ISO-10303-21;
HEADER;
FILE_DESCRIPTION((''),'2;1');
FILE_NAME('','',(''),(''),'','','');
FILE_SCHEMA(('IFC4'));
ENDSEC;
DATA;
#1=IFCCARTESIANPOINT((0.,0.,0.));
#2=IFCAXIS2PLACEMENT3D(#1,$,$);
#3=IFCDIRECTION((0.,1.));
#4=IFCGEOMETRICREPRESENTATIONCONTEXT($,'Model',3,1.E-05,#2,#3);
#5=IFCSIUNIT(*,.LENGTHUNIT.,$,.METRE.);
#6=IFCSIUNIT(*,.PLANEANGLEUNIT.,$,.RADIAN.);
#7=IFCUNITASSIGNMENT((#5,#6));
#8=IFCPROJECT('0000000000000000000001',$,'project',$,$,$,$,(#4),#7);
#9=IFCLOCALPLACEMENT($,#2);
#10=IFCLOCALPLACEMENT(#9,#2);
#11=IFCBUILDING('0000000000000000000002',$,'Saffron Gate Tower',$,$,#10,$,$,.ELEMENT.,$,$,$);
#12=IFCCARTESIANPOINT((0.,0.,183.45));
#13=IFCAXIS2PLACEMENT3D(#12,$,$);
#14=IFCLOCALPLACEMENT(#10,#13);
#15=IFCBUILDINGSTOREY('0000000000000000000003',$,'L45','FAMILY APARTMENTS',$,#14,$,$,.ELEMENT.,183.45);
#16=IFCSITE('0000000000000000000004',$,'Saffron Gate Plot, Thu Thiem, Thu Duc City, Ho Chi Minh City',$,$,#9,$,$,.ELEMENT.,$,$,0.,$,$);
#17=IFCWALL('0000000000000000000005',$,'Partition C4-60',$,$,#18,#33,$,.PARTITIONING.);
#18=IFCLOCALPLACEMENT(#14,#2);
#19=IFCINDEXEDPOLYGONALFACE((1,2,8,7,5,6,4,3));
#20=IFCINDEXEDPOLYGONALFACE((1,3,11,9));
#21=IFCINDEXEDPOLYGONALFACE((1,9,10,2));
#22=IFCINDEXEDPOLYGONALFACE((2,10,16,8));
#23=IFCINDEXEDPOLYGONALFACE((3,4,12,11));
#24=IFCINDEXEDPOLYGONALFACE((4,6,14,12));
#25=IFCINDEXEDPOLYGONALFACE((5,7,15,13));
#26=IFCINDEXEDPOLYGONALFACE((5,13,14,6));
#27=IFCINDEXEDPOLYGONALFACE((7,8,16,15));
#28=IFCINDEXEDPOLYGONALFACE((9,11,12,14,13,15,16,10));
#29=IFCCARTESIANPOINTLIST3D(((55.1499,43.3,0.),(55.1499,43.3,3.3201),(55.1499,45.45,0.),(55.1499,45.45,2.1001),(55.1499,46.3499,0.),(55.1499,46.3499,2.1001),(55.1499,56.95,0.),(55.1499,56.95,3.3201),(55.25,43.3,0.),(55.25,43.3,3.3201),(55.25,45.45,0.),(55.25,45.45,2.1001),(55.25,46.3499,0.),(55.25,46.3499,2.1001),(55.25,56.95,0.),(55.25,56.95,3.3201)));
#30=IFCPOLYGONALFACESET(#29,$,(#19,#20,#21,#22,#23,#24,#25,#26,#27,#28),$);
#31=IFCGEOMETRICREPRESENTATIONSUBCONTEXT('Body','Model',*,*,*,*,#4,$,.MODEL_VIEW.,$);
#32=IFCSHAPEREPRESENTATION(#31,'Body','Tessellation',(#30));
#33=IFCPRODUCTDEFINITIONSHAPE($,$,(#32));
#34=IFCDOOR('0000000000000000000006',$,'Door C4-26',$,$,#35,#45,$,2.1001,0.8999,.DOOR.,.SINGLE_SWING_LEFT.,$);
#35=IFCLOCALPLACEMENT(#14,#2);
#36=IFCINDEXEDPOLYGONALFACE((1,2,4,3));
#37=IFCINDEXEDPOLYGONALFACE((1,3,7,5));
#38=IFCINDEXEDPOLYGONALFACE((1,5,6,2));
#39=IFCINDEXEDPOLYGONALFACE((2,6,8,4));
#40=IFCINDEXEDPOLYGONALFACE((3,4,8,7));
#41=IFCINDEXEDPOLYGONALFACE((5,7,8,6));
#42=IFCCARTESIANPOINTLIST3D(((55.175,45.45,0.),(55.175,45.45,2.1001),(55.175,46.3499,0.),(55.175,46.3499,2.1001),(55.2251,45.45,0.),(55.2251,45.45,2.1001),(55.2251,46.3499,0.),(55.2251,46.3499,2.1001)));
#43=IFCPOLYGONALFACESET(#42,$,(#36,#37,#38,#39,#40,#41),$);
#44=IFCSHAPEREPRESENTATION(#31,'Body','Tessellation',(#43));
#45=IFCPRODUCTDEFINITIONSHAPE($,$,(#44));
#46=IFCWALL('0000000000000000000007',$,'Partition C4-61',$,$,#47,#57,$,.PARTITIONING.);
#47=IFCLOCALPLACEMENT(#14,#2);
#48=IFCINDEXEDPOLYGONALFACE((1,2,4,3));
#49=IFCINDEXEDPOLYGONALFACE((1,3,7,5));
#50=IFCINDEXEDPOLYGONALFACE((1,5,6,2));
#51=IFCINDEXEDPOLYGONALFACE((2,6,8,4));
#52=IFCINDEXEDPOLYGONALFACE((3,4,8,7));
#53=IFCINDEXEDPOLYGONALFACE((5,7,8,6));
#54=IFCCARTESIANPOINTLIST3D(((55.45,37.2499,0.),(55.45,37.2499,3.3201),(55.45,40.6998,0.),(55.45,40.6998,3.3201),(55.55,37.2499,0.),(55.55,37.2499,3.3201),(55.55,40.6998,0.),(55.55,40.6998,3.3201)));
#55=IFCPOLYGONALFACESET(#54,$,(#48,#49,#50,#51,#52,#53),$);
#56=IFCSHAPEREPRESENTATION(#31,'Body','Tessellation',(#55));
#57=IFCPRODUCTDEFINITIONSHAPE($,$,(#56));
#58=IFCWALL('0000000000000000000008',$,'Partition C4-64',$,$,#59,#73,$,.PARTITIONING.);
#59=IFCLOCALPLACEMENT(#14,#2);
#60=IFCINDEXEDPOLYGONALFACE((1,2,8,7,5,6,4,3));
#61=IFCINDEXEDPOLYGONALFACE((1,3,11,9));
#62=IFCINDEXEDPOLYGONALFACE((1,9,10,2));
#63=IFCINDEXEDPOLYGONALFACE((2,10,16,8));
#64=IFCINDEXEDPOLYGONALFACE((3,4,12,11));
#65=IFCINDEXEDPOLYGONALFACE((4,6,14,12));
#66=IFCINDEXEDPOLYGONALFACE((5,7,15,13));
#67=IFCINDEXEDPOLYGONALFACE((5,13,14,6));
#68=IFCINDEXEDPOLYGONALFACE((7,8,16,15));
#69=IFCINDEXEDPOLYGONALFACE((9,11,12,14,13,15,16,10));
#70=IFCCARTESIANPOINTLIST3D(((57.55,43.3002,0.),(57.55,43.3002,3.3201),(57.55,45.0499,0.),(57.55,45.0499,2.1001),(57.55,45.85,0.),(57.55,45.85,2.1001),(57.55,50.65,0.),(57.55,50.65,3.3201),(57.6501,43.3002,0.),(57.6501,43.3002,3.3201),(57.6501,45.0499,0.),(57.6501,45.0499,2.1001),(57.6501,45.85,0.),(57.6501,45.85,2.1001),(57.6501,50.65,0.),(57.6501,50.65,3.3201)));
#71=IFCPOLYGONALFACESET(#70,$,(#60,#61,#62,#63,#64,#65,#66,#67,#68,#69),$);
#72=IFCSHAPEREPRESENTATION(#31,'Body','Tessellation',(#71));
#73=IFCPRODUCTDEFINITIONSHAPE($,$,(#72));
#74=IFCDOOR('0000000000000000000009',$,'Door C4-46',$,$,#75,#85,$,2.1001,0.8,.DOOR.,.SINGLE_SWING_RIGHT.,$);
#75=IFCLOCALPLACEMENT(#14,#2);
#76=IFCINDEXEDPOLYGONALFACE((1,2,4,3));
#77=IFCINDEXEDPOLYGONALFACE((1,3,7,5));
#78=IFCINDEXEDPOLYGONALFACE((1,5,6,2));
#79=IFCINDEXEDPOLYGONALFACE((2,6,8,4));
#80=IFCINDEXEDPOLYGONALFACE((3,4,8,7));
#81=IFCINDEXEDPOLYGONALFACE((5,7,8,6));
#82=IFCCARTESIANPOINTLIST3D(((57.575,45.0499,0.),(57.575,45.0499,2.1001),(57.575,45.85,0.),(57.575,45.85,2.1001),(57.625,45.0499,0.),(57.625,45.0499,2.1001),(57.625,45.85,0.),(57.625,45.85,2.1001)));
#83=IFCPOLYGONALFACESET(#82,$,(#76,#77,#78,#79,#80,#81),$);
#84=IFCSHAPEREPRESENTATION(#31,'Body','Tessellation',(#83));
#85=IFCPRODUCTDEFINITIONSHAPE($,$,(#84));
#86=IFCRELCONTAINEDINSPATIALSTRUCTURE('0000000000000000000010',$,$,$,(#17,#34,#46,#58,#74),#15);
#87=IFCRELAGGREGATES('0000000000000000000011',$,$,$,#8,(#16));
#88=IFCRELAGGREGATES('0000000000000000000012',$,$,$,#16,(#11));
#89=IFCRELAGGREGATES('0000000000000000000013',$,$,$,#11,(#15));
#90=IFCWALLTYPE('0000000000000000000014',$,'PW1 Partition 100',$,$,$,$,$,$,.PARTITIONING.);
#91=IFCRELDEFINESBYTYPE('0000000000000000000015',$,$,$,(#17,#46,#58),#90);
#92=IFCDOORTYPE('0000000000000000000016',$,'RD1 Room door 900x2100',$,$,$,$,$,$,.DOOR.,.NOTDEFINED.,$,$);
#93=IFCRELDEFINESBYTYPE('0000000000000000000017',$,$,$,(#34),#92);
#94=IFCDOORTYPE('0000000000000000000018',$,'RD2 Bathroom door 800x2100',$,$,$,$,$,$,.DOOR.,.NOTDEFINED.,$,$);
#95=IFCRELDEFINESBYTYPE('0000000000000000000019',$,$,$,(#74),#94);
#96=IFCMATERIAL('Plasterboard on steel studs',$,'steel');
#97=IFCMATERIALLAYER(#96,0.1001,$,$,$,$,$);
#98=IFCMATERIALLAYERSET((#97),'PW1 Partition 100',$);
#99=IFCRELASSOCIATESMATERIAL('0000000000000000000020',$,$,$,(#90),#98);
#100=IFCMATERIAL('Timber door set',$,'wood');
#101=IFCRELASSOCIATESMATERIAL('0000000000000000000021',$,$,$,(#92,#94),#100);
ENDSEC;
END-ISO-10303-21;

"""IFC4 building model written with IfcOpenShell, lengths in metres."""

from ifc_helpers import new_model, si_unit, direction, frame, frame_2d, origin, place, context, subcontext, project, spatial, rectangle, extrude, material, layer, layer_set, type_object, element, fill, save


model = new_model("IFC4")

# Units and contexts
model_context = context("Model", 3, precision=1e-05, world=origin(), true_north=direction((0.0, 1.0)))
body_context = subcontext(model_context, "Body", "Model", "MODEL_VIEW")
ifc_project = project(units=[si_unit("LENGTHUNIT", "METRE"), si_unit("PLANEANGLEUNIT", "RADIAN")], contexts=[model_context])

# Site, building, storey
site_placement = place(None, origin())
site = spatial("IfcSite", under=ifc_project, at=site_placement, Name="Saffron Gate Plot, Thu Thiem, Thu Duc City, Ho Chi Minh City", CompositionType="ELEMENT", RefElevation=0.0)
building_placement = place(site_placement, origin())
building = spatial("IfcBuilding", under=site, at=building_placement, Name="Saffron Gate Tower", CompositionType="ELEMENT")
storey_placement = place(building_placement, frame((0.0, 0.0, 183.45)))
storey = spatial("IfcBuildingStorey", under=building, at=storey_placement, Name="L45", Description="FAMILY APARTMENTS", CompositionType="ELEMENT", Elevation=183.45)

# Shared definitions
ifc_material_1 = material(Name="Plasterboard on steel studs", Category="steel")
ifc_layer_1 = layer(ifc_material_1, 0.1001)
ifc_layer_set_1 = layer_set([ifc_layer_1], Name="PW1 Partition 100")
wall_type = type_object("IfcWallType", Name="PW1 Partition 100", PredefinedType="PARTITIONING", material=ifc_layer_set_1)

# Wall, opening, door
wall_1_placement = place(storey_placement, frame((55.2, 43.3, 0.0), z_axis=(0.0, 0.0, 1.0), x_axis=(0.0, 1.0, 0.0)))
wall_1 = element("IfcWall", 1, at=wall_1_placement, inside=storey, type_object=wall_type, Name="Partition C4-60", PredefinedType="PARTITIONING", context=body_context, shape_type="SweptSolid", body=[
    extrude(rectangle(XDim=13.6499, YDim=0.1001, at=frame_2d((6.825, 0.0))), origin(), (0.0, 0.0, 1.0), 3.3201),
])
opening_1_placement = place(wall_1_placement, frame((2.1499, 0.0, 0.0)))
opening_1 = element("IfcOpeningElement", 2, at=opening_1_placement, cuts=wall_1, PredefinedType="OPENING", context=body_context, shape_type="SweptSolid", body=[
    extrude(rectangle(XDim=0.8999, YDim=2.1001, at=frame_2d((0.45, 1.05))), frame((0.0, 0.0601, 0.0), z_axis=(0.0, -1.0, 0.0), x_axis=(1.0, 0.0, 0.0)), (0.0, 0.0, 1.0), 0.1201),
])
ifc_material_2 = material(Name="Timber door set", Category="wood")
door_type_1 = type_object("IfcDoorType", Name="RD1 Room door 900x2100", OperationType="NOTDEFINED", PredefinedType="DOOR", material=ifc_material_2)
door_1_placement = place(opening_1_placement, origin())
door_1 = element("IfcDoor", 3, at=door_1_placement, inside=storey, type_object=door_type_1, Name="Door C4-26", OperationType="SINGLE_SWING_LEFT", OverallHeight=2.1001, OverallWidth=0.8999, PredefinedType="DOOR", context=body_context, shape_type="SweptSolid", body=[
    extrude(rectangle(XDim=0.8999, YDim=2.1001, at=frame_2d((0.45, 1.05))), frame((0.0, 0.0249, 0.0), z_axis=(0.0, -1.0, 0.0), x_axis=(1.0, 0.0, 0.0)), (0.0, 0.0, 1.0), 0.05),
])
fill(opening_1, door_1)

# Wall
wall_2_placement = place(storey_placement, frame((55.5, 40.7, 0.0), z_axis=(0.0, 0.0, 1.0), x_axis=(0.0, -1.0, 0.0)))
element("IfcWall", 4, at=wall_2_placement, inside=storey, type_object=wall_type, Name="Partition C4-61", PredefinedType="PARTITIONING", context=body_context, shape_type="SweptSolid", body=[
    extrude(rectangle(XDim=3.45, YDim=0.1001, at=frame_2d((1.7251, 0.0))), origin(), (0.0, 0.0, 1.0), 3.3201),
])

# Wall, opening, door
wall_3_placement = place(storey_placement, frame((57.6001, 50.6499, 0.0), z_axis=(0.0, 0.0, 1.0), x_axis=(0.0, -1.0, 0.0)))
wall_3 = element("IfcWall", 5, at=wall_3_placement, inside=storey, type_object=wall_type, Name="Partition C4-64", PredefinedType="PARTITIONING", context=body_context, shape_type="SweptSolid", body=[
    extrude(rectangle(XDim=7.3499, YDim=0.1001, at=frame_2d((3.6748, 0.0))), origin(), (0.0, 0.0, 1.0), 3.3201),
])
opening_2_placement = place(wall_3_placement, frame((4.8, 0.0, 0.0)))
opening_2 = element("IfcOpeningElement", 6, at=opening_2_placement, cuts=wall_3, PredefinedType="OPENING", context=body_context, shape_type="SweptSolid", body=[
    extrude(rectangle(XDim=0.8, YDim=2.1001, at=frame_2d((0.3999, 1.05))), frame((0.0, 0.0601, 0.0), z_axis=(0.0, -1.0, 0.0), x_axis=(1.0, 0.0, 0.0)), (0.0, 0.0, 1.0), 0.1201),
])
door_type_2 = type_object("IfcDoorType", Name="RD2 Bathroom door 800x2100", OperationType="NOTDEFINED", PredefinedType="DOOR", material=ifc_material_2)
door_2_placement = place(opening_2_placement, origin())
door_2 = element("IfcDoor", 7, at=door_2_placement, inside=storey, type_object=door_type_2, Name="Door C4-46", OperationType="SINGLE_SWING_RIGHT", OverallHeight=2.1001, OverallWidth=0.8, PredefinedType="DOOR", context=body_context, shape_type="SweptSolid", body=[
    extrude(rectangle(XDim=0.8, YDim=2.1001, at=frame_2d((0.3999, 1.05))), frame((0.0, 0.0249, 0.0), z_axis=(0.0, -1.0, 0.0), x_axis=(1.0, 0.0, 0.0)), (0.0, 0.0, 1.0), 0.05),
])
fill(opening_2, door_2)

save(model, "model.ifc")
